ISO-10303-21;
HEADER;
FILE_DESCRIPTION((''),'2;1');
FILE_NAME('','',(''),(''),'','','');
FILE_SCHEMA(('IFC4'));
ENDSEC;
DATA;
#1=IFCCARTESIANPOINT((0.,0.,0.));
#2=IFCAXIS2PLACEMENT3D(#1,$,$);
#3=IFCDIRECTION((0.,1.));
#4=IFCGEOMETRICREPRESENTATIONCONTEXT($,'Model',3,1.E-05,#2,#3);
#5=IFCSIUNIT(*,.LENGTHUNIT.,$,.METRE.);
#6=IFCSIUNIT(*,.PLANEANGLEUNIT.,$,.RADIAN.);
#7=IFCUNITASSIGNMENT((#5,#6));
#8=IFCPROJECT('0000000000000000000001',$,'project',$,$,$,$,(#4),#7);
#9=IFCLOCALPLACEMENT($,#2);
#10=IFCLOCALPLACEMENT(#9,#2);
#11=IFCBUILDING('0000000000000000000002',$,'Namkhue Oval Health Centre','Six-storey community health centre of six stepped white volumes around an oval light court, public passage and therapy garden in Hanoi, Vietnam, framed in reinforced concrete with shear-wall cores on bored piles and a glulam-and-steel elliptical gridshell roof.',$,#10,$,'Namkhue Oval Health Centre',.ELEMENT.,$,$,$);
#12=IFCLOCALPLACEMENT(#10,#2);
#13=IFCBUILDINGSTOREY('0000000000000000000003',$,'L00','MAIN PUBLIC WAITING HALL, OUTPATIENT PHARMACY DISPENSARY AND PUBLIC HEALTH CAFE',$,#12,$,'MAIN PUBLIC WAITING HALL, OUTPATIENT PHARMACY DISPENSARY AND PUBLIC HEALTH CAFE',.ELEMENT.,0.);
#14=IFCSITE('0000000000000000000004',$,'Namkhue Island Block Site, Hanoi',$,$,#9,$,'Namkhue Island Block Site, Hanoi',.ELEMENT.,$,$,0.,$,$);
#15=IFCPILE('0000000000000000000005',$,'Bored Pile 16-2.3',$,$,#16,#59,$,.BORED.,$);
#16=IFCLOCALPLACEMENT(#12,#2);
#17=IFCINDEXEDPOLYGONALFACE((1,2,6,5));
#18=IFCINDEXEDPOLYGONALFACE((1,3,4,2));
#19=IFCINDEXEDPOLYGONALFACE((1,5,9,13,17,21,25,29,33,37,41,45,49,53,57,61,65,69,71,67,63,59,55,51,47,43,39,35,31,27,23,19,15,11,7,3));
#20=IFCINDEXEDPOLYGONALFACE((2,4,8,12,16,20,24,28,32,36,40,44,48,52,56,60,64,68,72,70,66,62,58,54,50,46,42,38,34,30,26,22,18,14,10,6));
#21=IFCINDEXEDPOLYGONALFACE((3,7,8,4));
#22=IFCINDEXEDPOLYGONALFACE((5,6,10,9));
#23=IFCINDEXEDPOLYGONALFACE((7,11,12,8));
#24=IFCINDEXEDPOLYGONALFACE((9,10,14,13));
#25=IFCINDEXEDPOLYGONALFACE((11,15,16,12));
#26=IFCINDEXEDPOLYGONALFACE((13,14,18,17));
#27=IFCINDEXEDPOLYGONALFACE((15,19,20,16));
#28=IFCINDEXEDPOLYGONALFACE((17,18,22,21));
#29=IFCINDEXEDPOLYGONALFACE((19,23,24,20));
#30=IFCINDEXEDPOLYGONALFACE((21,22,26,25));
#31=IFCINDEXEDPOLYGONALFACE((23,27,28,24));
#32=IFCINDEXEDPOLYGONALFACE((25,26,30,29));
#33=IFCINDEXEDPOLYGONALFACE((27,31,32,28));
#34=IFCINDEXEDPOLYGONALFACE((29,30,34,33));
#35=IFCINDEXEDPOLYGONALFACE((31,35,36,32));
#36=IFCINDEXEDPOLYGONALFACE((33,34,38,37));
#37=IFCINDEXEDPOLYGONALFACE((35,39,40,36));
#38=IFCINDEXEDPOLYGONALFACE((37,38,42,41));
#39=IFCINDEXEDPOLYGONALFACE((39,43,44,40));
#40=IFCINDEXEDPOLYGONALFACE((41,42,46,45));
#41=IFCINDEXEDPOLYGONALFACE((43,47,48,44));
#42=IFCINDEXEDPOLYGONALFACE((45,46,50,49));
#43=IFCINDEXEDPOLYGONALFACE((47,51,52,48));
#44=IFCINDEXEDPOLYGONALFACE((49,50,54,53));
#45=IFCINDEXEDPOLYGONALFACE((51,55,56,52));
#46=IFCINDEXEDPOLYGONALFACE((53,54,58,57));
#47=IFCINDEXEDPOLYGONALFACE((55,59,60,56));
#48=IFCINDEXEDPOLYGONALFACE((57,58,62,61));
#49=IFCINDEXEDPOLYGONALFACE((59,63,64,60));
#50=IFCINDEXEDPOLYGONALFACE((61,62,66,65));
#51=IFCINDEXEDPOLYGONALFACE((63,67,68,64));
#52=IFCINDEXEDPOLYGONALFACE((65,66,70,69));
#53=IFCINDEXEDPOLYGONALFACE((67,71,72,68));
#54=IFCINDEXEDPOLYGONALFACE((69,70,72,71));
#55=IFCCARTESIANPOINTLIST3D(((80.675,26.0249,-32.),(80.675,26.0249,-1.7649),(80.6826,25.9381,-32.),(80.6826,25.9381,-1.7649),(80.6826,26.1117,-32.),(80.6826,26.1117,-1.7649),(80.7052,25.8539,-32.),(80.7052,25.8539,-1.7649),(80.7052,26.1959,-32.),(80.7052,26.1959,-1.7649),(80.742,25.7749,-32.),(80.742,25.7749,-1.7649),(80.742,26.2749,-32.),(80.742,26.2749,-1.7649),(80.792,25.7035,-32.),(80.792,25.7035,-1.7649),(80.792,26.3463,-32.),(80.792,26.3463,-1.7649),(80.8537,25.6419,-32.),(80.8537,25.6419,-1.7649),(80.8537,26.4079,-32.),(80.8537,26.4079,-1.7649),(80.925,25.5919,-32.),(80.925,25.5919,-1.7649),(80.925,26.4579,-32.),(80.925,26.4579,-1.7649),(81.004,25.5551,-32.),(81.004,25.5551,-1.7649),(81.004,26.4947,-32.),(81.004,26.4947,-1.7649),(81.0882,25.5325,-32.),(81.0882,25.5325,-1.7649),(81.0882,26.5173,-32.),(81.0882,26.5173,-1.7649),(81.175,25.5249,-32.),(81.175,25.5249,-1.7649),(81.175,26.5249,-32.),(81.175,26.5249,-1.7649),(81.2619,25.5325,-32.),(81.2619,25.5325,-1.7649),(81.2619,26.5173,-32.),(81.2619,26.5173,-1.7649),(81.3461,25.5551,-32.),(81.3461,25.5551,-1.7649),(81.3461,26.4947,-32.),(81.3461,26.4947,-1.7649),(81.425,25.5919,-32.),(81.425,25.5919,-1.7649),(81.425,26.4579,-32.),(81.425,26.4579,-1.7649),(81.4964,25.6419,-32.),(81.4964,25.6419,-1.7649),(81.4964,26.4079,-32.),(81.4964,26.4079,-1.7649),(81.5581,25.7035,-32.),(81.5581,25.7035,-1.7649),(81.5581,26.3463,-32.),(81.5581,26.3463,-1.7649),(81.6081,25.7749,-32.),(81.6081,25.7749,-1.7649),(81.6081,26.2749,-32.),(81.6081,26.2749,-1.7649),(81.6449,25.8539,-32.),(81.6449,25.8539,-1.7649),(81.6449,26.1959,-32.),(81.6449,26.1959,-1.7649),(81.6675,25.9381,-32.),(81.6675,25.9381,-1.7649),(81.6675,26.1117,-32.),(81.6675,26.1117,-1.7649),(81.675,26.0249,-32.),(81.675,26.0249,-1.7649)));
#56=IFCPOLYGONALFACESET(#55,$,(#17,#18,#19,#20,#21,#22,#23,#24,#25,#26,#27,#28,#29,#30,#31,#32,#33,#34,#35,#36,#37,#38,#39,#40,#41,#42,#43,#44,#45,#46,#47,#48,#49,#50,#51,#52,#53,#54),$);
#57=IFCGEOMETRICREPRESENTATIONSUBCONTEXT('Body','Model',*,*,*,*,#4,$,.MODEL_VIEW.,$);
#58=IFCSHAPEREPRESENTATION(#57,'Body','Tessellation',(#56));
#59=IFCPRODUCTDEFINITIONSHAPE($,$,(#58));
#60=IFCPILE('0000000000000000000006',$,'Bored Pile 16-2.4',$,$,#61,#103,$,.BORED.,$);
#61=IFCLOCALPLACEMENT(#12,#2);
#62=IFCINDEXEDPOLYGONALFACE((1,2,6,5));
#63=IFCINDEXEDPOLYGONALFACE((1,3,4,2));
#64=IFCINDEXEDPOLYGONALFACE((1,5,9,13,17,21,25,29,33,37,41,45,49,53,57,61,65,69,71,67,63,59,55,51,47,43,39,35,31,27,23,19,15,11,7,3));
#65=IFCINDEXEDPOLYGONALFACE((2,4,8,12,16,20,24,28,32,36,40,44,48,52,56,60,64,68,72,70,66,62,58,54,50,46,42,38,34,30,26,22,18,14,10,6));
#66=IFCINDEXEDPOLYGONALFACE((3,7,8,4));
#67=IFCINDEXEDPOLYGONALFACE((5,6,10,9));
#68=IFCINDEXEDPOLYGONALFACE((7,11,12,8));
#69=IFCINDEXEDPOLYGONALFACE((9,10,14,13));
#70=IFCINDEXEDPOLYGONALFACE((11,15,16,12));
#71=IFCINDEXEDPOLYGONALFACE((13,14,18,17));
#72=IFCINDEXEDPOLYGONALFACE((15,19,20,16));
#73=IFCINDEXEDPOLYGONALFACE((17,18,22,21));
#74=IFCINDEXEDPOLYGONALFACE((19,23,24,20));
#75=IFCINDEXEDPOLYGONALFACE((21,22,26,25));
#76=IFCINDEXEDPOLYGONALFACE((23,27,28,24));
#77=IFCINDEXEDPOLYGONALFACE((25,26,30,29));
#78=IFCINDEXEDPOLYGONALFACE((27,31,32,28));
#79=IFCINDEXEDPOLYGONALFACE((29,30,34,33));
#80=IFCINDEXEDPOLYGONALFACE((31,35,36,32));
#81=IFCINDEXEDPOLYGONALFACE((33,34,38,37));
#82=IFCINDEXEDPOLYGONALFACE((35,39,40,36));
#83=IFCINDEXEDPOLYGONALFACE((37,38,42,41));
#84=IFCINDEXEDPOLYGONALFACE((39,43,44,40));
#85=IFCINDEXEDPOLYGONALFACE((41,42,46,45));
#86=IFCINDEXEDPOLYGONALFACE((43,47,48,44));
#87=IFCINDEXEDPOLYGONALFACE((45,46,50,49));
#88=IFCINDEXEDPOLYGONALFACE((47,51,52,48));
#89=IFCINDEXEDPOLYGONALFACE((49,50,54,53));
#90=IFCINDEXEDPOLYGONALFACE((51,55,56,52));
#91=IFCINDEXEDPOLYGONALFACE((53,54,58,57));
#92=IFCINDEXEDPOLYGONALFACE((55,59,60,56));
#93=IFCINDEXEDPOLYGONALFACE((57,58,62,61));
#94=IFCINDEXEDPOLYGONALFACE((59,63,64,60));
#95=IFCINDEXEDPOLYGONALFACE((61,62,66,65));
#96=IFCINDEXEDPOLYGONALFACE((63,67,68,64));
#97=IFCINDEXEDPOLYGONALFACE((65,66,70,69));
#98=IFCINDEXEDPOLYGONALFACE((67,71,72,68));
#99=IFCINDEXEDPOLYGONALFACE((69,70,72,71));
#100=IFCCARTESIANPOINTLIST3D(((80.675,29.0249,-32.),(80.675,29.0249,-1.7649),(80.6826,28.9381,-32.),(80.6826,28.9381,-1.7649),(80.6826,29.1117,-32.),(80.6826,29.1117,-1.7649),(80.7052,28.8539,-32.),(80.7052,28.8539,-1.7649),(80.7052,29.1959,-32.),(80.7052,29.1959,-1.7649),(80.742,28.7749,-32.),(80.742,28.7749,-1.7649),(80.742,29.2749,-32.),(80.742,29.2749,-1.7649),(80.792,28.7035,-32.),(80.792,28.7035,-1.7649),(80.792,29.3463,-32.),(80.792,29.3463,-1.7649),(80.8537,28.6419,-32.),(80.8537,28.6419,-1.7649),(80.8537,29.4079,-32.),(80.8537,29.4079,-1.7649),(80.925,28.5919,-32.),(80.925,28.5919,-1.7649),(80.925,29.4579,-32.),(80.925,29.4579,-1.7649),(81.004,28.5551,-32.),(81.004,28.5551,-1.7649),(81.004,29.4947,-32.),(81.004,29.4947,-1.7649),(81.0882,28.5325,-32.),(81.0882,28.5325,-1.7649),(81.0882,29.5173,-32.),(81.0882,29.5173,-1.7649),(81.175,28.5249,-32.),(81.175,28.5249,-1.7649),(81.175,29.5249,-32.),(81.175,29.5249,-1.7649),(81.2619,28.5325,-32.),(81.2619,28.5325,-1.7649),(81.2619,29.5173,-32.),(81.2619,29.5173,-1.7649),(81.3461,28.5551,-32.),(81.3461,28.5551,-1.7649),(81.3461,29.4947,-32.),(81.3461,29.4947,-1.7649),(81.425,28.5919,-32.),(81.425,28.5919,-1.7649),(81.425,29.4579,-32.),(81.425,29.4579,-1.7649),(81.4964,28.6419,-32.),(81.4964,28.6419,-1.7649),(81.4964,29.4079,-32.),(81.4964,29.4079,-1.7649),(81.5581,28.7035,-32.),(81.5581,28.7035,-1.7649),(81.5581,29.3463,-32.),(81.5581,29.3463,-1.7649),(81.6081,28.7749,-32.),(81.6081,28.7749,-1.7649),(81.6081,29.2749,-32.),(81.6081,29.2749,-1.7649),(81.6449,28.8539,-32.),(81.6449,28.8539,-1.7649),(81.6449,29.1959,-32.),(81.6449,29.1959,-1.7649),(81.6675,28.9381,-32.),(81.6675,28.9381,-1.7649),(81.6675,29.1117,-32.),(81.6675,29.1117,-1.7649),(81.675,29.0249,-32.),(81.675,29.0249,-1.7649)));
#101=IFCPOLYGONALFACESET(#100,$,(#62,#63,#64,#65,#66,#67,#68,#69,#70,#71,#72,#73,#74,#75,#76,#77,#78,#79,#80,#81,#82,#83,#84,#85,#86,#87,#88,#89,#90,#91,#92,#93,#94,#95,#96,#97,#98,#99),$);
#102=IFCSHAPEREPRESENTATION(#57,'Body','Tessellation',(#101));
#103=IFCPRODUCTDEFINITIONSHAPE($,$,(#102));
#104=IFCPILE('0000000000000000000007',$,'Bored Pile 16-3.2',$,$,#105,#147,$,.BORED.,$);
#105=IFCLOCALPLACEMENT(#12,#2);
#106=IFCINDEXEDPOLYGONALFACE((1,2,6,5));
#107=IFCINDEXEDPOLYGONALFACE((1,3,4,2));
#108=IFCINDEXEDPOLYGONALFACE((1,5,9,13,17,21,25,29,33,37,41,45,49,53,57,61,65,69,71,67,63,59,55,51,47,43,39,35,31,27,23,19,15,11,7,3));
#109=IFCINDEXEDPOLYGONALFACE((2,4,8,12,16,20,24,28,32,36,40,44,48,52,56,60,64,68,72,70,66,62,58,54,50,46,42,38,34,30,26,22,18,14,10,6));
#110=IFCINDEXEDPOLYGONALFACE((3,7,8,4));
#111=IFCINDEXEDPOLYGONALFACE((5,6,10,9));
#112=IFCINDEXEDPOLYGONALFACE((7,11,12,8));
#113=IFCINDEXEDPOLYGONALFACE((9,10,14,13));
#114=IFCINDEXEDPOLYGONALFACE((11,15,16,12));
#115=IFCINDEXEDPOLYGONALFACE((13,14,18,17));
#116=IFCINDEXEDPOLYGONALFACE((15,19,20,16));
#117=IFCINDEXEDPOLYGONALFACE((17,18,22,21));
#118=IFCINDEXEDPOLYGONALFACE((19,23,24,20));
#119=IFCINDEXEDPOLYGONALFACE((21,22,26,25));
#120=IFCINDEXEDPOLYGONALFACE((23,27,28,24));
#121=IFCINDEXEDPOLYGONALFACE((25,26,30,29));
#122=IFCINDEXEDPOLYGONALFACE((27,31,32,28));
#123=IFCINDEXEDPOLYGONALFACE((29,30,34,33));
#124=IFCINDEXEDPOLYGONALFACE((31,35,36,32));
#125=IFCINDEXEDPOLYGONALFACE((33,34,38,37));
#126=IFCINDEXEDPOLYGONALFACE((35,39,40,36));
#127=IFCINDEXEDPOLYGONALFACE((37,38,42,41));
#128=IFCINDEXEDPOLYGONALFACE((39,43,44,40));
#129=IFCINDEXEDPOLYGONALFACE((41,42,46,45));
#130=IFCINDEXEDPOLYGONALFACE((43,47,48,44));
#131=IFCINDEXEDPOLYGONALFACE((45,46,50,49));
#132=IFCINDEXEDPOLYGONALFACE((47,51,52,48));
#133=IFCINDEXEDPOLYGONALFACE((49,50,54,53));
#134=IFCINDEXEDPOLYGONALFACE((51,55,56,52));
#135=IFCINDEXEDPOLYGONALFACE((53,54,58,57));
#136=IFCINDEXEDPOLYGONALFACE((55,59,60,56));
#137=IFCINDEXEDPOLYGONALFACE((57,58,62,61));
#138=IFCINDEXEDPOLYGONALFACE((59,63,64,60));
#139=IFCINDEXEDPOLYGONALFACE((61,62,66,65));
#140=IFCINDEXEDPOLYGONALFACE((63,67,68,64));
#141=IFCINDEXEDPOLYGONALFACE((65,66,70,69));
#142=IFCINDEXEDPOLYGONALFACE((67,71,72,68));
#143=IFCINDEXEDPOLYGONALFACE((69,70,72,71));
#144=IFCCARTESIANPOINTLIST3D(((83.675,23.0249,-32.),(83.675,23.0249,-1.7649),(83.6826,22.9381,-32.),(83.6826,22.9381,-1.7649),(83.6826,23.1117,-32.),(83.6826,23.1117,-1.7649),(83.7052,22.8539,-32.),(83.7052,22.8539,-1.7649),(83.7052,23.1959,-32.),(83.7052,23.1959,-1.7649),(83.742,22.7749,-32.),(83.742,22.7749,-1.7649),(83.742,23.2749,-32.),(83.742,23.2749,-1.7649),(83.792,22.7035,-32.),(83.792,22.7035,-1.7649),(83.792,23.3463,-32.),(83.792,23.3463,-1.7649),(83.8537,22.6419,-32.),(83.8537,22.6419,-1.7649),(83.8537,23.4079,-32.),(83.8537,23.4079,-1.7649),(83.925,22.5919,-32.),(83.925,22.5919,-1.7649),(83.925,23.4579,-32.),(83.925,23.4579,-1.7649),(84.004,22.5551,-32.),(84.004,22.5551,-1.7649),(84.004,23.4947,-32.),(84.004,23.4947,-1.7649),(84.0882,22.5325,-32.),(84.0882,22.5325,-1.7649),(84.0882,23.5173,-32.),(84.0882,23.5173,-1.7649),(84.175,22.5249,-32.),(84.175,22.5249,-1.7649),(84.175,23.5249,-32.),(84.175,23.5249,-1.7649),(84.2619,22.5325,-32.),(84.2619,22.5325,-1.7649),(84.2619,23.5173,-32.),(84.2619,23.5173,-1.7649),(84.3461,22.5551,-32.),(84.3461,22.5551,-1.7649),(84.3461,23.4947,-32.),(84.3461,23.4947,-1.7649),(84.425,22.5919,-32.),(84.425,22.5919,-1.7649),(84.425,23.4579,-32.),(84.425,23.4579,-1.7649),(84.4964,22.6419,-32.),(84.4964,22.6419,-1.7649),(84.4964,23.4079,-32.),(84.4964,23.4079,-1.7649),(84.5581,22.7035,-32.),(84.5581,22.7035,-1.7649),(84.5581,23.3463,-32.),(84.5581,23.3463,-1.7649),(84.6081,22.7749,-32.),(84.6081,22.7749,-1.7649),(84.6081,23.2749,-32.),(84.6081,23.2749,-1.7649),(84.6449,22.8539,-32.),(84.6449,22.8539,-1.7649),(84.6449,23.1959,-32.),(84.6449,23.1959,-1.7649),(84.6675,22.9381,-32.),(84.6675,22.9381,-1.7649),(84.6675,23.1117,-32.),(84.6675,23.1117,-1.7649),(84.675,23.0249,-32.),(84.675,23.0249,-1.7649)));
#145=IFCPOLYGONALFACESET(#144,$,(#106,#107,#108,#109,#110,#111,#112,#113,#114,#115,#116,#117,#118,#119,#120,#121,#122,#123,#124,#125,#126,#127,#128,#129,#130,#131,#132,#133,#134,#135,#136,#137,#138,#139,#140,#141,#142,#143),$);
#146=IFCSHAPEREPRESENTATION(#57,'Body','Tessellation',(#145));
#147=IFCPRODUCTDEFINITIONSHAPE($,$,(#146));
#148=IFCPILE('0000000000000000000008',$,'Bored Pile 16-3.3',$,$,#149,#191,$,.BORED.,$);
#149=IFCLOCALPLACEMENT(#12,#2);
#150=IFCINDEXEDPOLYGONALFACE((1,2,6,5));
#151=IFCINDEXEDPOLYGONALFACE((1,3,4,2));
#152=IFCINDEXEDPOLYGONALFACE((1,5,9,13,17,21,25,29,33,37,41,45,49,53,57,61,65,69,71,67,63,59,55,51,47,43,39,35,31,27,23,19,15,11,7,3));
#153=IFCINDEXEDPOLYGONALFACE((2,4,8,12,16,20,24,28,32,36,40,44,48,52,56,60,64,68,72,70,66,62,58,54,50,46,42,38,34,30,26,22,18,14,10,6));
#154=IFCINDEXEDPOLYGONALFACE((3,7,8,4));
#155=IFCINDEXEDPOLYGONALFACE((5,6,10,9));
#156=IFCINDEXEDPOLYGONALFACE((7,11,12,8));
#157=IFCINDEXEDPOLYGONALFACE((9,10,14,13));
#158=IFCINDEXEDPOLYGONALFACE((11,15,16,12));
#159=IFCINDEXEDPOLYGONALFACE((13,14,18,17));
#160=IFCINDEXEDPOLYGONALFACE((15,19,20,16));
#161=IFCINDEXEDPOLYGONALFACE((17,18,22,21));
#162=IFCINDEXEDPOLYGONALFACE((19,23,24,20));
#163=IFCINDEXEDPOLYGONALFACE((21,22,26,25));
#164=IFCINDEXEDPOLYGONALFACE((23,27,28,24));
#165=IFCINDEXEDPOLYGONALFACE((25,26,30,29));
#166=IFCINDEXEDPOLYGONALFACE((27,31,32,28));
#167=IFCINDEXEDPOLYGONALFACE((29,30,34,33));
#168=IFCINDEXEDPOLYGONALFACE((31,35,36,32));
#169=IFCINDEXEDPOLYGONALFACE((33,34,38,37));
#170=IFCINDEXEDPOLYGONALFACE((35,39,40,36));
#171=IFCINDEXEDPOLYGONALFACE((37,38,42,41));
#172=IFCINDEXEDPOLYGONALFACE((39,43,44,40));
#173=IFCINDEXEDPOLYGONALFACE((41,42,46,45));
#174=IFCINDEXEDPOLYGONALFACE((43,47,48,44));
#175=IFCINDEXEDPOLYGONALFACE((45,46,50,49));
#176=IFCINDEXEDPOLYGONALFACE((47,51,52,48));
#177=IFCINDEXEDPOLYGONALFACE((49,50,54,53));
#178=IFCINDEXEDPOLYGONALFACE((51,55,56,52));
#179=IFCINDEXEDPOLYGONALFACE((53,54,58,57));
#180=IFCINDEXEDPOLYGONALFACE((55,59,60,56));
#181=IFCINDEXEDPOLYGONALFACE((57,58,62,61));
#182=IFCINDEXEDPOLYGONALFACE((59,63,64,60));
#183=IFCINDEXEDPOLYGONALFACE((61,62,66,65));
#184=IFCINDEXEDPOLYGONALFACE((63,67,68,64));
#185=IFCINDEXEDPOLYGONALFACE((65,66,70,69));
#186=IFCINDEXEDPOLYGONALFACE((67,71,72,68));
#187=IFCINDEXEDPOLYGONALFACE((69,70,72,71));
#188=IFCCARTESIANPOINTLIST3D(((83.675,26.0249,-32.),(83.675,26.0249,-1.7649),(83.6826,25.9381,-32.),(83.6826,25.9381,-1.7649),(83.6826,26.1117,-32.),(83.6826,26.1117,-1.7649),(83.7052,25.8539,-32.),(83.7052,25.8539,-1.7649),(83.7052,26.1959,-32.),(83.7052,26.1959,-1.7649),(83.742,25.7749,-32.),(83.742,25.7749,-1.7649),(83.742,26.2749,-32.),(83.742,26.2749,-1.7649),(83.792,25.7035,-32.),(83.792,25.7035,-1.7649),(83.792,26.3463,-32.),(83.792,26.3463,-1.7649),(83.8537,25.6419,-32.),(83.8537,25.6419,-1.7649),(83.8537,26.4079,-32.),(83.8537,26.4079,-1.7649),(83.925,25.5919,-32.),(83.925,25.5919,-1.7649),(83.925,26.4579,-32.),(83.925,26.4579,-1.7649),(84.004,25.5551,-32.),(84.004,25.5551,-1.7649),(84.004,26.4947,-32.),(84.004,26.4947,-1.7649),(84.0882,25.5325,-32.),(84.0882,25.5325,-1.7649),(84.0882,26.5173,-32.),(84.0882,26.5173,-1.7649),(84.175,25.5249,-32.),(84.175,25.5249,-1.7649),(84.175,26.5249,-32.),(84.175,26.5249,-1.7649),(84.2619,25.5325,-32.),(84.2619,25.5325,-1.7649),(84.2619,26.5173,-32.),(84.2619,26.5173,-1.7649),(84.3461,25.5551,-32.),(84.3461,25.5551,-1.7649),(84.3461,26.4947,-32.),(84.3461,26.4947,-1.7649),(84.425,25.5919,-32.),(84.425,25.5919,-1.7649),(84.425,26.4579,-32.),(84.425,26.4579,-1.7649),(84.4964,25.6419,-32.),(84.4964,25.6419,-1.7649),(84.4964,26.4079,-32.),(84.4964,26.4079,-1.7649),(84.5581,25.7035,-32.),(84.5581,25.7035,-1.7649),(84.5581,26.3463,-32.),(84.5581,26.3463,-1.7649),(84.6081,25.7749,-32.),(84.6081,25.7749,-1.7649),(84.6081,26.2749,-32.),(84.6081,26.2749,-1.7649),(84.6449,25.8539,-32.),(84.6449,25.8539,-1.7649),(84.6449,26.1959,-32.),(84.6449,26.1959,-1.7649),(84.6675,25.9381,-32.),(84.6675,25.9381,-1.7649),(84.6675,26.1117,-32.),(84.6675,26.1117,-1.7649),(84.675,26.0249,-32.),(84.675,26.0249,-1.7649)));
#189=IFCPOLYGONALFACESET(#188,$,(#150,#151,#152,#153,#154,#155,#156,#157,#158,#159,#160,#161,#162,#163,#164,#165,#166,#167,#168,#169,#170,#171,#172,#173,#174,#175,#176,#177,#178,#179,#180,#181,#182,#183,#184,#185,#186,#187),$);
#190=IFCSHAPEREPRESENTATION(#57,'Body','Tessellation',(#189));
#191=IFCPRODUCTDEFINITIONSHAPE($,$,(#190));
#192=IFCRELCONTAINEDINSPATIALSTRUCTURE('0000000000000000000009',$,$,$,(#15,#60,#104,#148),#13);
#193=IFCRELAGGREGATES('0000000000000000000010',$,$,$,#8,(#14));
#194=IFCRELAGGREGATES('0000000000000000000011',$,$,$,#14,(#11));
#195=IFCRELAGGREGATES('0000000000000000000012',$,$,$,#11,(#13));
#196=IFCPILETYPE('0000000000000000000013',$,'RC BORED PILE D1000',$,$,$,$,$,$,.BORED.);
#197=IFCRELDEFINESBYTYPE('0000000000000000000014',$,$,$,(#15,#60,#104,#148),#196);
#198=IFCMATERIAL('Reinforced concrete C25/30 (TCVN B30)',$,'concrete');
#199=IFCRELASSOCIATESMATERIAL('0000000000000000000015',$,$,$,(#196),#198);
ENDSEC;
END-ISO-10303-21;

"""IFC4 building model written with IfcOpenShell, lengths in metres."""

from ifc_helpers import new_model, si_unit, direction, frame, origin, origin_2d, place, context, subcontext, project, spatial, circle, extrude, material, material_profile, profile_set, type_object, element, save


model = new_model("IFC4")

# Units and contexts
model_context = context("Model", 3, precision=1e-05, world=origin(), true_north=direction((0.0, 1.0)))
body_context = subcontext(model_context, "Body", "Model", "MODEL_VIEW")
ifc_project = project(units=[si_unit("LENGTHUNIT", "METRE"), si_unit("PLANEANGLEUNIT", "RADIAN")], contexts=[model_context])

# Site, building, storey
site_placement = place(None, origin())
site = spatial("IfcSite", under=ifc_project, at=site_placement, Name="Namkhue Island Block Site, Hanoi", LongName="Namkhue Island Block Site, Hanoi", CompositionType="ELEMENT", RefElevation=0.0)
building_placement = place(site_placement, origin())
building = spatial("IfcBuilding", under=site, at=building_placement, Name="Namkhue Oval Health Centre", Description="Six-storey community health centre of six stepped white volumes around an oval light court, public passage and therapy garden in Hanoi, Vietnam, framed in reinforced concrete with shear-wall cores on bored piles and a glulam-and-steel elliptical gridshell roof.", LongName="Namkhue Oval Health Centre", CompositionType="ELEMENT")
storey_placement = place(building_placement, origin())
storey = spatial("IfcBuildingStorey", under=building, at=storey_placement, Name="L00", Description="MAIN PUBLIC WAITING HALL, OUTPATIENT PHARMACY DISPENSARY AND PUBLIC HEALTH CAFE", LongName="MAIN PUBLIC WAITING HALL, OUTPATIENT PHARMACY DISPENSARY AND PUBLIC HEALTH CAFE", CompositionType="ELEMENT", Elevation=0.0)

# Piles
ifc_material_1 = material(Name="Reinforced concrete C25/30 (TCVN B30)", Category="concrete")
ifc_material_profile_1 = material_profile(ifc_material_1, circle(Radius=0.5, at=origin_2d()), Name="BORED PILE D1000")
ifc_profile_set_1 = profile_set([ifc_material_profile_1], Name="Reinforced concrete C25/30 (TCVN B30)")
pile_type = type_object("IfcPileType", Name="RC BORED PILE D1000", PredefinedType="BORED", material=ifc_profile_set_1)
for number, where, z_axis, x_axis, name in (
    (1, (81.175, 26.0249, -1.7649), (0.0, 0.0, -1.0), (1.0, 0.0, 0.0), "Bored Pile 16-2.3"),
    (2, (81.175, 29.0249, -1.7649), (0.0, 0.0, -1.0), (1.0, 0.0, 0.0), "Bored Pile 16-2.4"),
    (3, (84.175, 23.0249, -1.7649), (0.0, 0.0, -1.0), (1.0, 0.0, 0.0), "Bored Pile 16-3.2"),
    (4, (84.175, 26.0249, -1.7649), (0.0, 0.0, -1.0), (1.0, 0.0, 0.0), "Bored Pile 16-3.3"),
):
    element("IfcPile", number, at=place(storey_placement, frame(where, z_axis=z_axis, x_axis=x_axis)), inside=storey, type_object=pile_type, Name=name, PredefinedType="BORED", context=body_context, shape_type="SweptSolid", body=[
        extrude(circle(Radius=0.5, at=origin_2d()), origin(), (0.0, 0.0, 1.0), 30.2351),
    ])

save(model, "model.ifc")
